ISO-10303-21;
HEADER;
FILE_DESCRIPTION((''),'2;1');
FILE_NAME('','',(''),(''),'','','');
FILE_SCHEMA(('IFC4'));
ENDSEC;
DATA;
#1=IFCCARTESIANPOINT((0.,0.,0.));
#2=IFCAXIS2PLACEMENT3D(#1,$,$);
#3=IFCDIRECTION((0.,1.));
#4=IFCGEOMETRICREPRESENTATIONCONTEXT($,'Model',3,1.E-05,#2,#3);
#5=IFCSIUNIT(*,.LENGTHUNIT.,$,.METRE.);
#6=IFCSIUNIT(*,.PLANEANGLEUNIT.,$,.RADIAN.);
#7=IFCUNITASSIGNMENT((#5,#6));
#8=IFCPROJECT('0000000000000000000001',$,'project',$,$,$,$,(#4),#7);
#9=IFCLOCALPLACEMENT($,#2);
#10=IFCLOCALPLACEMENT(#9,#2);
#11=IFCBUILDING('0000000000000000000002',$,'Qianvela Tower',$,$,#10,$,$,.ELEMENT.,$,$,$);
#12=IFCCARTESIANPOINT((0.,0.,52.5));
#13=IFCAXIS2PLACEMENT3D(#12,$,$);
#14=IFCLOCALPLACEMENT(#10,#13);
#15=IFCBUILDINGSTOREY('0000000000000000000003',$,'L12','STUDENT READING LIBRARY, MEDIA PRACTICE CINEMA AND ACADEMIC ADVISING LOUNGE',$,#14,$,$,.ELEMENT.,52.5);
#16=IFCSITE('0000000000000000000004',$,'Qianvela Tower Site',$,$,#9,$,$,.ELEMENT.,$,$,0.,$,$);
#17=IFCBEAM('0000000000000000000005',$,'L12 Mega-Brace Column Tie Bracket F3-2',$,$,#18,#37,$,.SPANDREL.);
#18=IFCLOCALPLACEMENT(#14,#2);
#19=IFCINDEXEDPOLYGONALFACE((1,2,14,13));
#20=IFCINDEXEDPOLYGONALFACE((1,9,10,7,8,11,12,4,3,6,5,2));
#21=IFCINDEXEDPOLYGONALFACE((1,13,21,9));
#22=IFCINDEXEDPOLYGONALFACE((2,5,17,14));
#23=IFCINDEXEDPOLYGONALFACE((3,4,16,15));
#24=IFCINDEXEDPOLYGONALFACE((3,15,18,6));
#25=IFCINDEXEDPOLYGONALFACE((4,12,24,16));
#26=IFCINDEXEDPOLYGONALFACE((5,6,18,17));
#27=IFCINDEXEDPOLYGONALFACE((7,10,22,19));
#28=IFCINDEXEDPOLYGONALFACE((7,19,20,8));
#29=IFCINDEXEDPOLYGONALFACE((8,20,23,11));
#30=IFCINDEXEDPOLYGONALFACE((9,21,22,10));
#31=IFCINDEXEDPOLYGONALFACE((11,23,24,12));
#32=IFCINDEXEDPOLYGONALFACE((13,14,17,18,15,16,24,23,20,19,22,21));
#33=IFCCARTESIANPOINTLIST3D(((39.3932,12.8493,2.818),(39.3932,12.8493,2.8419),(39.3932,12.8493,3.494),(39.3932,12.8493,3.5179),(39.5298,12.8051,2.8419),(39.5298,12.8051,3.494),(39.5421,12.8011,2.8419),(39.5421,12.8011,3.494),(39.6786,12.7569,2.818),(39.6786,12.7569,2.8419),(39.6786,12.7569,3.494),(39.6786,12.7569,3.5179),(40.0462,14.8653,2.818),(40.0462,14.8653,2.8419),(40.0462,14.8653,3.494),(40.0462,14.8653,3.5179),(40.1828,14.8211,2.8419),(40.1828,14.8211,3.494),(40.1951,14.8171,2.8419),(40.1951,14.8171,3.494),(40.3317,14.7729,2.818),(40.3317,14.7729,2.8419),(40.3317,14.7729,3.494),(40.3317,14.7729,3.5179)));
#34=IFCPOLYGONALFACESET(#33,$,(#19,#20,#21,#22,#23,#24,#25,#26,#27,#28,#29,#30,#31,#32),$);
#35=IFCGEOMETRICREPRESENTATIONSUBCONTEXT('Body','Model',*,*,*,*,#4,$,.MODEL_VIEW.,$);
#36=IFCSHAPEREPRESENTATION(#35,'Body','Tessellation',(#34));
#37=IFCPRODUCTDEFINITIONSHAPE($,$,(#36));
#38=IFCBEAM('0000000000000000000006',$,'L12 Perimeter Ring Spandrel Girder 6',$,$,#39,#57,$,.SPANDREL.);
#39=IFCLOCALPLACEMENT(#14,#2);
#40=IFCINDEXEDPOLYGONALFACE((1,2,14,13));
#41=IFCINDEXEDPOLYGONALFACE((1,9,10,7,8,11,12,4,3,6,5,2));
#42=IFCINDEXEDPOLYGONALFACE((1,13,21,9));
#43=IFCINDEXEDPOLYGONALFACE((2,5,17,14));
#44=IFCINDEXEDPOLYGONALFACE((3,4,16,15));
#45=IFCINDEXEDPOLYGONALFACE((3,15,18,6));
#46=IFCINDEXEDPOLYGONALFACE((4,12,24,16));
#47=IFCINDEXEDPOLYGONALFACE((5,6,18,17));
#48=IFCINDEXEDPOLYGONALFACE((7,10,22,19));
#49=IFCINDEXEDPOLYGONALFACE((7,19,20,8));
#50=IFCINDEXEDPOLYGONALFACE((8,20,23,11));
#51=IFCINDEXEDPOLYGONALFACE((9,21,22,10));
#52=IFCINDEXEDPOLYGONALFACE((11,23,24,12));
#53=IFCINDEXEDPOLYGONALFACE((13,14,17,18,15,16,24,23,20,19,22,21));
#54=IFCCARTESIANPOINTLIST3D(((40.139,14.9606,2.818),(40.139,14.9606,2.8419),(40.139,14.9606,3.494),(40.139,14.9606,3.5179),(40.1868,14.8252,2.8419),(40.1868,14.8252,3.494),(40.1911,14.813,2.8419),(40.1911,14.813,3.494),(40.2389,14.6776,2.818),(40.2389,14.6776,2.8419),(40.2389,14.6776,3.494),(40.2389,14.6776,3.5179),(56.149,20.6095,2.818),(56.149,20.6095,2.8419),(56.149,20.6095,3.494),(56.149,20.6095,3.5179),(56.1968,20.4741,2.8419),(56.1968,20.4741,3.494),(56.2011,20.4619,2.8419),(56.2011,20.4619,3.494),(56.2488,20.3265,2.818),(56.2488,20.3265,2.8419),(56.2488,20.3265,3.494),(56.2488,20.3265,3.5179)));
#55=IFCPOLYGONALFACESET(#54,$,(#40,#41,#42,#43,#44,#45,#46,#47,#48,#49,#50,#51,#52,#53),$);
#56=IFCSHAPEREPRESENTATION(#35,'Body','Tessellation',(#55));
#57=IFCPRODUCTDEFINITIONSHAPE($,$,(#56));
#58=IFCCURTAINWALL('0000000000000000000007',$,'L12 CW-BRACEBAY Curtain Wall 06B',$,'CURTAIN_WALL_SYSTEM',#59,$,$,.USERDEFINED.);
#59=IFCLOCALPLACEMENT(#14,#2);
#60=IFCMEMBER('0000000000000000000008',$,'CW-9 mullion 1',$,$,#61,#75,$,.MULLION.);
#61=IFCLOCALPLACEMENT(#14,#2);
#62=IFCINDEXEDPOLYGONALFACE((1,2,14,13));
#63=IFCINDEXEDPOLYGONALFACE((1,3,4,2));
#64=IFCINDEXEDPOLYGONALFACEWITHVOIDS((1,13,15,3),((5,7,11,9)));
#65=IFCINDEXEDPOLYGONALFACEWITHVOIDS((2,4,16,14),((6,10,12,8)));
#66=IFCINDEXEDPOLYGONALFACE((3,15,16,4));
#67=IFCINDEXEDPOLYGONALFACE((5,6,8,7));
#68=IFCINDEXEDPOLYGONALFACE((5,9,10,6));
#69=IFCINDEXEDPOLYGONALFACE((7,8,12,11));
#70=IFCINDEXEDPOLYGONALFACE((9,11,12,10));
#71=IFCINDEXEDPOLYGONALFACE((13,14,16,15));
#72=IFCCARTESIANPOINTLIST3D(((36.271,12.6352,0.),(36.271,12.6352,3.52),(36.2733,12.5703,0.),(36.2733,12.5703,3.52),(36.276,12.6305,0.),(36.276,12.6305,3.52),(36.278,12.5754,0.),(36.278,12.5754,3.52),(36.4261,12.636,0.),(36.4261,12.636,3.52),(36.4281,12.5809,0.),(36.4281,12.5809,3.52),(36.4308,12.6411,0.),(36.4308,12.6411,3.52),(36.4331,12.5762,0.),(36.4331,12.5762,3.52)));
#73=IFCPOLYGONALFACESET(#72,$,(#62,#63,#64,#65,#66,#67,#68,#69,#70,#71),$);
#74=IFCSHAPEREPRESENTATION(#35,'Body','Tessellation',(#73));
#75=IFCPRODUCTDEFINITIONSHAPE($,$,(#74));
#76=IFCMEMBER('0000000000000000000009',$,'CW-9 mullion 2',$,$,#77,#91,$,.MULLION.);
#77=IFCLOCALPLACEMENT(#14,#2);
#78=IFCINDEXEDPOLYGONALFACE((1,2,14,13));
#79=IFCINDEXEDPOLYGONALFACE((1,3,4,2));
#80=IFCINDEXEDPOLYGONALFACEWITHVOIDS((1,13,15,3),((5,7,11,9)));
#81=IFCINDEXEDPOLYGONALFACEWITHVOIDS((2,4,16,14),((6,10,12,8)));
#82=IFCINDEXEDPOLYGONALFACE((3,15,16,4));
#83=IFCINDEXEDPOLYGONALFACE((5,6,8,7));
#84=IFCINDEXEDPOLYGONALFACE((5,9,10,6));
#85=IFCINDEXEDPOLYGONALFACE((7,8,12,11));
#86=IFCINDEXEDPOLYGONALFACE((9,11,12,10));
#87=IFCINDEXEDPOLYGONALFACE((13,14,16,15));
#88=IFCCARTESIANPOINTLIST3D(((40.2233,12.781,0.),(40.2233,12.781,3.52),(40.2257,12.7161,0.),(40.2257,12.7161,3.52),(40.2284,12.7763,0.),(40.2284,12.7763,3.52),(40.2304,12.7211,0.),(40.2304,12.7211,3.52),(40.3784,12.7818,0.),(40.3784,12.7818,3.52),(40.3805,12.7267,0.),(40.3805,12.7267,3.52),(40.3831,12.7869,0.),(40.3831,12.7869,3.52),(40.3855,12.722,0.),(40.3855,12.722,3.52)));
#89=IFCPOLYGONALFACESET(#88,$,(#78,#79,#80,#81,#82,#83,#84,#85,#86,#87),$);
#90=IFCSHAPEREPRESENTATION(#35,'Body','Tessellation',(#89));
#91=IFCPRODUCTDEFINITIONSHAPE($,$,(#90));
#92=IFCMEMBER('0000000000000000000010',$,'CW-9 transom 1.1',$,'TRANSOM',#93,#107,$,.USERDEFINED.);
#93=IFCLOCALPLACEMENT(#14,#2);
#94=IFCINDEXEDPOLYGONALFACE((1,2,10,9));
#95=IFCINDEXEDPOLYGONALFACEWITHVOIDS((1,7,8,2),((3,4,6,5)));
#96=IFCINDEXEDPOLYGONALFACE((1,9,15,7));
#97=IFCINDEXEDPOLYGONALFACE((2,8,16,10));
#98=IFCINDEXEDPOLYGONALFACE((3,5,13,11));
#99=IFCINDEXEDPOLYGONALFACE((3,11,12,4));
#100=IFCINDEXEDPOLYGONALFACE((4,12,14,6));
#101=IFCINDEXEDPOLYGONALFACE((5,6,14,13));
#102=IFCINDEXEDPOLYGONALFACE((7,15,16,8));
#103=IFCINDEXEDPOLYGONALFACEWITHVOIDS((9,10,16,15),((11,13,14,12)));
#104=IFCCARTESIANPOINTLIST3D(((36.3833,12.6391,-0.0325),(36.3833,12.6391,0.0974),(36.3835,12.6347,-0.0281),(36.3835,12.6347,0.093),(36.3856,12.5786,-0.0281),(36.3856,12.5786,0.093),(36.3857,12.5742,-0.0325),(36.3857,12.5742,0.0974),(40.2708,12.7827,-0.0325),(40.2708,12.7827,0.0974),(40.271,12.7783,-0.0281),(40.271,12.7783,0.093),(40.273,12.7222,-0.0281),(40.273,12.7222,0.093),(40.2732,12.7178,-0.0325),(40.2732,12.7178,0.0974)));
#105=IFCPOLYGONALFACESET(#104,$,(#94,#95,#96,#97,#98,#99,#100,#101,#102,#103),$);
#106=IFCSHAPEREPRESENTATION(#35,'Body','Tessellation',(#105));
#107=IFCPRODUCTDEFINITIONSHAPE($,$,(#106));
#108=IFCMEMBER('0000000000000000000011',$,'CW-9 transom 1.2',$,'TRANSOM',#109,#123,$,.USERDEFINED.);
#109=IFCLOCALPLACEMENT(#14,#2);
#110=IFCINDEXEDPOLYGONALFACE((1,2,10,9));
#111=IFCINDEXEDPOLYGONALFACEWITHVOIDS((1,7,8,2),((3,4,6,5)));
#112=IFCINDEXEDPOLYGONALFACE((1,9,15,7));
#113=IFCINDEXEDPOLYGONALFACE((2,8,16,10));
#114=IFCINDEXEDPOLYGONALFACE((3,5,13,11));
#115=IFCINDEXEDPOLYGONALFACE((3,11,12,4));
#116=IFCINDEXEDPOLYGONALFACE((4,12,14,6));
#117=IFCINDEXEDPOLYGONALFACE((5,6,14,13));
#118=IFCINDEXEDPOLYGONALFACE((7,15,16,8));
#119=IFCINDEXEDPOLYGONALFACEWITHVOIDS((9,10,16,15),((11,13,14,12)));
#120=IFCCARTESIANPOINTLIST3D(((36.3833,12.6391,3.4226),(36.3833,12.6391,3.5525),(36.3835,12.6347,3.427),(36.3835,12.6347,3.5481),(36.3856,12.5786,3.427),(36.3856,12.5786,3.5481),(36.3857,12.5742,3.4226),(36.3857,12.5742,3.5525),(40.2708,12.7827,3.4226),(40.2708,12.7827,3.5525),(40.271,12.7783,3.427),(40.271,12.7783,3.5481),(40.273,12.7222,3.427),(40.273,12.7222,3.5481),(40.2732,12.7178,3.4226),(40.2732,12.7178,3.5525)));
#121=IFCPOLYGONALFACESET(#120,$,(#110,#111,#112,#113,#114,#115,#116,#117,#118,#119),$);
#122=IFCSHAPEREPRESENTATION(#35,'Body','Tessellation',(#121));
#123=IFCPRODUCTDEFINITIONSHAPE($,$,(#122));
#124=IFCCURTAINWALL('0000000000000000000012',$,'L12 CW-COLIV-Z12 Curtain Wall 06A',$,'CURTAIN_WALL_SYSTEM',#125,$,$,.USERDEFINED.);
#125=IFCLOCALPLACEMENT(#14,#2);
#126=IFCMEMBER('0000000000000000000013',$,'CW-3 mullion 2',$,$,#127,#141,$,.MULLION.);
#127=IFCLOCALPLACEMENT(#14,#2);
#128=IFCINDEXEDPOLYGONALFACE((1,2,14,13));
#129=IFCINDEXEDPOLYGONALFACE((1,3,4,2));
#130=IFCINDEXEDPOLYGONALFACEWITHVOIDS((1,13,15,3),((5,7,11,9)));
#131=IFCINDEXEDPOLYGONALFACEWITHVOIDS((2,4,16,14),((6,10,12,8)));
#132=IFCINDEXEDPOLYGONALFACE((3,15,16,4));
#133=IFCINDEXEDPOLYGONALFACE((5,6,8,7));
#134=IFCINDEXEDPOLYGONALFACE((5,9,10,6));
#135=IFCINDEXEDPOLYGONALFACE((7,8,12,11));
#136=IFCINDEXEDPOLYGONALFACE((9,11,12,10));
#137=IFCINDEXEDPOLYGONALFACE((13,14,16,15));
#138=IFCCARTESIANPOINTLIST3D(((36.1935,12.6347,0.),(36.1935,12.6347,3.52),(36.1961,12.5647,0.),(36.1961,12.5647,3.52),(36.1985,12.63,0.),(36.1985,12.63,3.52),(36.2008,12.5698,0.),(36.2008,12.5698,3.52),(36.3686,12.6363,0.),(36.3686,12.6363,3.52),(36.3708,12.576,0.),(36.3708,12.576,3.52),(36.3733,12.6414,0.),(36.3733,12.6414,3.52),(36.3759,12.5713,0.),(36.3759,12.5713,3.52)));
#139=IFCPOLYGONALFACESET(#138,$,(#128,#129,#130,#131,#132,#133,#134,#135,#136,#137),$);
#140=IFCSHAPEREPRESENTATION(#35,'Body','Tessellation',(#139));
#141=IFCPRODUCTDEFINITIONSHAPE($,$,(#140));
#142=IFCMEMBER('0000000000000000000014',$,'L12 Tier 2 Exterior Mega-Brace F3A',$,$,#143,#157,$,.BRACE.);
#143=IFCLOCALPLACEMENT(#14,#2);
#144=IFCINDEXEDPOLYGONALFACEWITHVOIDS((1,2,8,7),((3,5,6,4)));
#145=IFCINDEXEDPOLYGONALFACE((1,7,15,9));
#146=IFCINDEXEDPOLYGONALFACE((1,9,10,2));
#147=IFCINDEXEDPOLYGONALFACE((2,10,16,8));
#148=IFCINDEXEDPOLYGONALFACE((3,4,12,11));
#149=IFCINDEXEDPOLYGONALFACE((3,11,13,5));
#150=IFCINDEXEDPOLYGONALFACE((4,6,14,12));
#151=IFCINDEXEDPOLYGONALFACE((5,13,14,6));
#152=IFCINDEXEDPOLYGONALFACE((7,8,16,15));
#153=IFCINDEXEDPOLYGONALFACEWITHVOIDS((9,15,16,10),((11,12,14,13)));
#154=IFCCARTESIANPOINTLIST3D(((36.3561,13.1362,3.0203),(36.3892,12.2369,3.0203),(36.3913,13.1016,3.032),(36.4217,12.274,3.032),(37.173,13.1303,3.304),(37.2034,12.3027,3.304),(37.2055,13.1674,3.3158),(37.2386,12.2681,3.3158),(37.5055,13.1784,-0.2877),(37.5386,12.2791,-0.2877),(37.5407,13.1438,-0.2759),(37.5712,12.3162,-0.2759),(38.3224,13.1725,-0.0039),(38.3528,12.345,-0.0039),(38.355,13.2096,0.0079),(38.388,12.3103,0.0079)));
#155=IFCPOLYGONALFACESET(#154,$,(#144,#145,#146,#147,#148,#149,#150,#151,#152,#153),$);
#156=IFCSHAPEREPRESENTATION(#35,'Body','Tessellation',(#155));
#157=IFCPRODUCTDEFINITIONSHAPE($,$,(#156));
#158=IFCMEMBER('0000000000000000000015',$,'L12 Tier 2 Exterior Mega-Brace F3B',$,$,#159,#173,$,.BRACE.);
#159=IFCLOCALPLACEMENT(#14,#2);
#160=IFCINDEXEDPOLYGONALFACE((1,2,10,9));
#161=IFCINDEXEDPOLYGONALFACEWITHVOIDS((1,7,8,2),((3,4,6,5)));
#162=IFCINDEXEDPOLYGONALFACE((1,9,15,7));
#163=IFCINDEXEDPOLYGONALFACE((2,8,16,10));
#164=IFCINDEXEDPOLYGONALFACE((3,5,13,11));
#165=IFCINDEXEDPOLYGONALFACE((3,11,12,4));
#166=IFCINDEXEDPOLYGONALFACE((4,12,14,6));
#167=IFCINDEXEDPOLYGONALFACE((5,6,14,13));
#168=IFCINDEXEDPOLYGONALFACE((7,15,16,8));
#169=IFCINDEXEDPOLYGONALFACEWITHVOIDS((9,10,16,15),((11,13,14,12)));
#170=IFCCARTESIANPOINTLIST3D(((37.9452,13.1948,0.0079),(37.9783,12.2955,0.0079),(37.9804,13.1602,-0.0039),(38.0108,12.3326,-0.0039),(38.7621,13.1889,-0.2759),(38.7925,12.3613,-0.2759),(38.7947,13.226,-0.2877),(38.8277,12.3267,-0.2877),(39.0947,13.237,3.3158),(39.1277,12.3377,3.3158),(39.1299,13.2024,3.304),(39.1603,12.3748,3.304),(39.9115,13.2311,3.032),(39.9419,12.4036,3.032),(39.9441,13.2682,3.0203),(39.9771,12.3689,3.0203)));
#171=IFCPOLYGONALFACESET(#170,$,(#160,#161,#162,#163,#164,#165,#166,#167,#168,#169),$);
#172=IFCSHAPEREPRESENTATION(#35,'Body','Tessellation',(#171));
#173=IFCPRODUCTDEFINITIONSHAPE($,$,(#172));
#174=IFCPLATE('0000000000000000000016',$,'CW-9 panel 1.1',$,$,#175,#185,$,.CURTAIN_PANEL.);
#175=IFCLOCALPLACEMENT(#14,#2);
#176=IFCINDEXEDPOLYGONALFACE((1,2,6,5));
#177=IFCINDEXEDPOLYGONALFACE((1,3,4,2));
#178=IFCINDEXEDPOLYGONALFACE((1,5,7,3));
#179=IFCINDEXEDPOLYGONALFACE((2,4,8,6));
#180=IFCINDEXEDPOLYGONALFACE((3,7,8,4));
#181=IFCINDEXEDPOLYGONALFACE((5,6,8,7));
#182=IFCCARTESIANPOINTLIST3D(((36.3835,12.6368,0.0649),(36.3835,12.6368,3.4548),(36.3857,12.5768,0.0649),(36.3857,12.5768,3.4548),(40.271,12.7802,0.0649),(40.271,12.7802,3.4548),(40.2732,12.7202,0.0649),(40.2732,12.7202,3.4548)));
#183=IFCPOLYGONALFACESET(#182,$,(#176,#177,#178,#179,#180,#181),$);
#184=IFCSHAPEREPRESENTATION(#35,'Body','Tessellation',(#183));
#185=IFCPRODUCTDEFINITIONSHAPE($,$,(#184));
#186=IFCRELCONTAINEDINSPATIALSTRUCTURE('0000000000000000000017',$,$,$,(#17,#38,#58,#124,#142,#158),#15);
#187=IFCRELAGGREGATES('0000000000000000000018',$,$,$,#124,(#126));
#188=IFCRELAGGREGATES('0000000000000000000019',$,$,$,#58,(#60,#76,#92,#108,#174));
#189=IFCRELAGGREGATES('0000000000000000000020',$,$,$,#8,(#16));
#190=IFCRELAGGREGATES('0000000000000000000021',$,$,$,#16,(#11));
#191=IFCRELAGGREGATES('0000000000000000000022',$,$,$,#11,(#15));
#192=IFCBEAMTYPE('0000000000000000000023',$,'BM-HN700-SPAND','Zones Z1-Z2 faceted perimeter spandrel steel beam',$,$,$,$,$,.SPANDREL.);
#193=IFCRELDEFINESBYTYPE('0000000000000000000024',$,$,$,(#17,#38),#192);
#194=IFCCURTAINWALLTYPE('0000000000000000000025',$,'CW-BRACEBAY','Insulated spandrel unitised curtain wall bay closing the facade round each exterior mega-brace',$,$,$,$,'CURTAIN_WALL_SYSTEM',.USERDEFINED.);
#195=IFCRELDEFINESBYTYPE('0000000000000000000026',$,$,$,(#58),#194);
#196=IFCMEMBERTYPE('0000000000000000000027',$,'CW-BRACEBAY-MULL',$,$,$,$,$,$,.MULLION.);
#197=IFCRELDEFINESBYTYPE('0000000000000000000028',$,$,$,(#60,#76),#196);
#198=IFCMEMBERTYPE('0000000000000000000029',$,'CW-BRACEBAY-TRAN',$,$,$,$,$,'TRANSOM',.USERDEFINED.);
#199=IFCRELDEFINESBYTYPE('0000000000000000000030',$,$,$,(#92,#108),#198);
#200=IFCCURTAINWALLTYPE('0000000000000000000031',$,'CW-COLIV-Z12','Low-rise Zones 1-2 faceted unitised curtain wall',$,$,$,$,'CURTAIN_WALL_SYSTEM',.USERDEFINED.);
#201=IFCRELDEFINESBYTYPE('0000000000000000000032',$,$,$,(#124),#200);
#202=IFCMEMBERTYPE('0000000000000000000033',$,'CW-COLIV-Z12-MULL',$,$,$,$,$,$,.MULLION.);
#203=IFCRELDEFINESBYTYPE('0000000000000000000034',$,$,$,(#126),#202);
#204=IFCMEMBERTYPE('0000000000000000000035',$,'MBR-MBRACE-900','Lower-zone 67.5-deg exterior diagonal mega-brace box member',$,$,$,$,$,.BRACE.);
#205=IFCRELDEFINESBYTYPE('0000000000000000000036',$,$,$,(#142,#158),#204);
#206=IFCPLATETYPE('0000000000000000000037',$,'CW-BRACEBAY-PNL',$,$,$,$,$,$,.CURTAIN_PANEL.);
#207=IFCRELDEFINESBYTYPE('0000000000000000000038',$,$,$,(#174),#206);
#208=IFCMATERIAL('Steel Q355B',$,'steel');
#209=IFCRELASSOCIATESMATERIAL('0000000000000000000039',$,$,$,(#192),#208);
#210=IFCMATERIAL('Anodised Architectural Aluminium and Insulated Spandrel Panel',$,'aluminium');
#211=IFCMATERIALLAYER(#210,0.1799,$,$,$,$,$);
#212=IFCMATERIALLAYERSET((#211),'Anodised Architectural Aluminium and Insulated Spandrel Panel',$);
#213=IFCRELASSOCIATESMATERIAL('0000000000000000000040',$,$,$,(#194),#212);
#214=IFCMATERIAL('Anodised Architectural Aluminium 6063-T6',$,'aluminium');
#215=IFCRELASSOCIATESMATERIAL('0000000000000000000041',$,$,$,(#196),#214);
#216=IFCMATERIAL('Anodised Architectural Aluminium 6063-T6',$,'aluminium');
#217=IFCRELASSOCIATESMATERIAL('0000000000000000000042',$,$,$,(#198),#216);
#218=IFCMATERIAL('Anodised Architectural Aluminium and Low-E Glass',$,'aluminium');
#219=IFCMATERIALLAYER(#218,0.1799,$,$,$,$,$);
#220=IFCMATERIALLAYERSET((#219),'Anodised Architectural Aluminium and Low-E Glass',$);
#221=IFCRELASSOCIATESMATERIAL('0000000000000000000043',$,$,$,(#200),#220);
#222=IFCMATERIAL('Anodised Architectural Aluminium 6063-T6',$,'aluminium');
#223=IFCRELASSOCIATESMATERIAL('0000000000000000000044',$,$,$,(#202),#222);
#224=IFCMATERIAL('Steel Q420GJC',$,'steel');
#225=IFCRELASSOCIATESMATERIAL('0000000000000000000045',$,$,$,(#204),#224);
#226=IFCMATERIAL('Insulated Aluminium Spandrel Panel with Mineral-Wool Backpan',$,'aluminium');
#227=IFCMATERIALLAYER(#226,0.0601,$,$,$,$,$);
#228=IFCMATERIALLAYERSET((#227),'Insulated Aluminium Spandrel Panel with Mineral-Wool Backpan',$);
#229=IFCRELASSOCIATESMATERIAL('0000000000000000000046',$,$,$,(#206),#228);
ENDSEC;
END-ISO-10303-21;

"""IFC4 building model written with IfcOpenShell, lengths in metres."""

from ifc_helpers import new_model, si_unit, direction, frame, origin, origin_2d, place, context, subcontext, project, spatial, rectangle, hollow_rectangle, i_section, extrude, material, layer, layer_set, material_profile, profile_set, type_object, element, aggregate, save


model = new_model("IFC4")

# Units and contexts
model_context = context("Model", 3, precision=1e-05, world=origin(), true_north=direction((0.0, 1.0)))
body_context = subcontext(model_context, "Body", "Model", "MODEL_VIEW")
ifc_project = project(units=[si_unit("LENGTHUNIT", "METRE"), si_unit("PLANEANGLEUNIT", "RADIAN")], contexts=[model_context])

# Site, building, storey
site_placement = place(None, origin())
site = spatial("IfcSite", under=ifc_project, at=site_placement, Name="Qianvela Tower Site", CompositionType="ELEMENT", RefElevation=0.0)
building_placement = place(site_placement, origin())
building = spatial("IfcBuilding", under=site, at=building_placement, Name="Qianvela Tower", CompositionType="ELEMENT")
storey_placement = place(building_placement, frame((0.0, 0.0, 52.5)))
storey = spatial("IfcBuildingStorey", under=building, at=storey_placement, Name="L12", Description="STUDENT READING LIBRARY, MEDIA PRACTICE CINEMA AND ACADEMIC ADVISING LOUNGE", CompositionType="ELEMENT", Elevation=52.5)

# Beams
ifc_material_1 = material(Name="Steel Q355B", Category="steel")
ifc_material_profile_1 = material_profile(ifc_material_1, i_section(OverallWidth=0.3, OverallDepth=0.7, WebThickness=0.0129, FlangeThickness=0.0239, at=origin_2d()), Name="HN700x300x13x24")
ifc_profile_set_1 = profile_set([ifc_material_profile_1], Name="Steel Q355B")
beam_type_1 = type_object("IfcBeamType", Name="BM-HN700-SPAND", Description="Zones Z1-Z2 faceted perimeter spandrel steel beam", PredefinedType="SPANDREL", material=ifc_profile_set_1)
beam_1_placement = place(storey_placement, frame((40.189, 14.8191, 3.168), z_axis=(-0.308164, -0.951333, 0.0), x_axis=(0.951333, -0.308164, 0.0)))
element("IfcBeam", 1, at=beam_1_placement, inside=storey, type_object=beam_type_1, Name="L12 Mega-Brace Column Tie Bracket F3-2", PredefinedType="SPANDREL", context=body_context, shape_type="SweptSolid", body=[
    extrude(i_section(OverallWidth=0.3, OverallDepth=0.7, WebThickness=0.0129, FlangeThickness=0.0239, at=origin_2d()), origin(), (0.0, 0.0, 1.0), 2.1191),
])
beam_2_placement = place(storey_placement, frame((40.189, 14.8191, 3.168), z_axis=(0.943021, 0.332733, 0.0), x_axis=(-0.332733, 0.943021, 0.0)))
element("IfcBeam", 2, at=beam_2_placement, inside=storey, type_object=beam_type_1, Name="L12 Perimeter Ring Spandrel Girder 6", PredefinedType="SPANDREL", context=body_context, shape_type="SweptSolid", body=[
    extrude(i_section(OverallWidth=0.3, OverallDepth=0.7, WebThickness=0.0129, FlangeThickness=0.0239, at=origin_2d()), origin(), (0.0, 0.0, 1.0), 16.9773),
])

# Curtain wall, members
ifc_material_2 = material(Name="Anodised Architectural Aluminium and Insulated Spandrel Panel", Category="aluminium")
ifc_layer_1 = layer(ifc_material_2, 0.1799)
ifc_layer_set_1 = layer_set([ifc_layer_1], Name="Anodised Architectural Aluminium and Insulated Spandrel Panel")
curtain_wall_type_1 = type_object("IfcCurtainWallType", Name="CW-BRACEBAY", Description="Insulated spandrel unitised curtain wall bay closing the facade round each exterior mega-brace", ElementType="CURTAIN_WALL_SYSTEM", PredefinedType="USERDEFINED", material=ifc_layer_set_1)
curtain_wall_1_placement = place(storey_placement, origin())
curtain_wall_1 = element("IfcCurtainWall", 3, at=curtain_wall_1_placement, inside=storey, type_object=curtain_wall_type_1, Name="L12 CW-BRACEBAY Curtain Wall 06B", ObjectType="CURTAIN_WALL_SYSTEM", PredefinedType="USERDEFINED")
ifc_material_3 = material(Name="Anodised Architectural Aluminium 6063-T6", Category="aluminium")
ifc_material_profile_2 = material_profile(ifc_material_3, hollow_rectangle(XDim=0.0649, YDim=0.1599, WallThickness=0.0049, at=origin_2d()), Name="ALU-MULL-65x160")
ifc_profile_set_2 = profile_set([ifc_material_profile_2], Name="Anodised Architectural Aluminium 6063-T6")
member_type_1 = type_object("IfcMemberType", Name="CW-BRACEBAY-MULL", PredefinedType="MULLION", material=ifc_profile_set_2)
member_1_placement = place(storey_placement, frame((36.3521, 12.6057, 0.0), z_axis=(0.0, 0.0, 1.0), x_axis=(-0.036865, 0.99932, 0.0)))
member_1 = element("IfcMember", 4, at=member_1_placement, type_object=member_type_1, Name="CW-9 mullion 1", PredefinedType="MULLION", context=body_context, shape_type="SweptSolid", body=[
    extrude(hollow_rectangle(XDim=0.0649, YDim=0.1599, WallThickness=0.0049, at=origin_2d()), origin(), (0.0, 0.0, 1.0), 3.52),
])
member_2_placement = place(storey_placement, frame((40.3044, 12.7515, 0.0), z_axis=(0.0, 0.0, 1.0), x_axis=(-0.036865, 0.99932, 0.0)))
member_2 = element("IfcMember", 5, at=member_2_placement, type_object=member_type_1, Name="CW-9 mullion 2", PredefinedType="MULLION", context=body_context, shape_type="SweptSolid", body=[
    extrude(hollow_rectangle(XDim=0.0649, YDim=0.1599, WallThickness=0.0049, at=origin_2d()), origin(), (0.0, 0.0, 1.0), 3.52),
])
ifc_material_4 = material(Name="Anodised Architectural Aluminium 6063-T6", Category="aluminium")
ifc_material_profile_3 = material_profile(ifc_material_4, hollow_rectangle(XDim=0.0649, YDim=0.1299, WallThickness=0.0044, at=origin_2d()), Name="ALU-TRAN-65x130")
ifc_profile_set_3 = profile_set([ifc_material_profile_3], Name="Anodised Architectural Aluminium 6063-T6")
member_type_2 = type_object("IfcMemberType", Name="CW-BRACEBAY-TRAN", ElementType="TRANSOM", PredefinedType="USERDEFINED", material=ifc_profile_set_3)
member_3_placement = place(storey_placement, frame((36.3845, 12.6067, 0.0325), z_axis=(0.999319, 0.036903, 0.0), x_axis=(-0.036903, 0.999319, 0.0)))
member_3 = element("IfcMember", 6, at=member_3_placement, type_object=member_type_2, Name="CW-9 transom 1.1", ObjectType="TRANSOM", PredefinedType="USERDEFINED", context=body_context, shape_type="SweptSolid", body=[
    extrude(hollow_rectangle(XDim=0.0649, YDim=0.1299, WallThickness=0.0044, at=origin_2d()), origin(), (0.0, 0.0, 1.0), 3.8901),
])
member_4_placement = place(storey_placement, frame((36.3845, 12.6067, 3.4875), z_axis=(0.999319, 0.036903, 0.0), x_axis=(-0.036903, 0.999319, 0.0)))
member_4 = element("IfcMember", 7, at=member_4_placement, type_object=member_type_2, Name="CW-9 transom 1.2", ObjectType="TRANSOM", PredefinedType="USERDEFINED", context=body_context, shape_type="SweptSolid", body=[
    extrude(hollow_rectangle(XDim=0.0649, YDim=0.1299, WallThickness=0.0044, at=origin_2d()), origin(), (0.0, 0.0, 1.0), 3.8901),
])

# Curtain wall, member
ifc_material_5 = material(Name="Anodised Architectural Aluminium and Low-E Glass", Category="aluminium")
ifc_layer_2 = layer(ifc_material_5, 0.1799)
ifc_layer_set_2 = layer_set([ifc_layer_2], Name="Anodised Architectural Aluminium and Low-E Glass")
curtain_wall_type_2 = type_object("IfcCurtainWallType", Name="CW-COLIV-Z12", Description="Low-rise Zones 1-2 faceted unitised curtain wall", ElementType="CURTAIN_WALL_SYSTEM", PredefinedType="USERDEFINED", material=ifc_layer_set_2)
curtain_wall_2_placement = place(storey_placement, origin())
curtain_wall_2 = element("IfcCurtainWall", 8, at=curtain_wall_2_placement, inside=storey, type_object=curtain_wall_type_2, Name="L12 CW-COLIV-Z12 Curtain Wall 06A", ObjectType="CURTAIN_WALL_SYSTEM", PredefinedType="USERDEFINED")
ifc_material_6 = material(Name="Anodised Architectural Aluminium 6063-T6", Category="aluminium")
ifc_material_profile_4 = material_profile(ifc_material_6, hollow_rectangle(XDim=0.0701, YDim=0.1799, WallThickness=0.0049, at=origin_2d()), Name="ALU-MULL-70x180")
ifc_profile_set_4 = profile_set([ifc_material_profile_4], Name="Anodised Architectural Aluminium 6063-T6")
member_type_3 = type_object("IfcMemberType", Name="CW-COLIV-Z12-MULL", PredefinedType="MULLION", material=ifc_profile_set_4)
member_5_placement = place(storey_placement, frame((36.2847, 12.603, 0.0), z_axis=(0.0, 0.0, 1.0), x_axis=(-0.036873, 0.99932, 0.0)))
member_5 = element("IfcMember", 9, at=member_5_placement, type_object=member_type_3, Name="CW-3 mullion 2", PredefinedType="MULLION", context=body_context, shape_type="SweptSolid", body=[
    extrude(hollow_rectangle(XDim=0.0701, YDim=0.1799, WallThickness=0.0049, at=origin_2d()), origin(), (0.0, 0.0, 1.0), 3.52),
])
aggregate(curtain_wall_2, [member_5])

# Members
ifc_material_7 = material(Name="Steel Q420GJC", Category="steel")
ifc_material_profile_5 = material_profile(ifc_material_7, hollow_rectangle(XDim=0.8999, YDim=0.8999, WallThickness=0.0359, at=origin_2d()), Name="MBOX-900x900x36")
ifc_profile_set_5 = profile_set([ifc_material_profile_5], Name="Steel Q420GJC")
member_type_4 = type_object("IfcMemberType", Name="MBR-MBRACE-900", Description="Lower-zone 67.5-deg exterior diagonal mega-brace box member", PredefinedType="BRACE", material=ifc_profile_set_5)
for number, where, z_axis, x_axis, name in (
    (10, (37.9468, 12.7444, -0.1399), (-0.328205, -0.01206, 0.94453), (0.036721, -0.999326, 0.0), "L12 Tier 2 Exterior Mega-Brace F3A"),
    (11, (38.3865, 12.7607, -0.1399), (0.328205, 0.01206, 0.94453), (-0.036721, 0.999326, 0.0), "L12 Tier 2 Exterior Mega-Brace F3B"),
):
    element("IfcMember", number, at=place(storey_placement, frame(where, z_axis=z_axis, x_axis=x_axis)), inside=storey, type_object=member_type_4, Name=name, PredefinedType="BRACE", context=body_context, shape_type="SweptSolid", body=[
        extrude(hollow_rectangle(XDim=0.8999, YDim=0.8999, WallThickness=0.0359, at=origin_2d()), origin(), (0.0, 0.0, 1.0), 3.5022),
    ])

# Plate
ifc_material_8 = material(Name="Insulated Aluminium Spandrel Panel with Mineral-Wool Backpan", Category="aluminium")
ifc_layer_3 = layer(ifc_material_8, 0.0601)
ifc_layer_set_3 = layer_set([ifc_layer_3], Name="Insulated Aluminium Spandrel Panel with Mineral-Wool Backpan")
plate_type_1 = type_object("IfcPlateType", Name="CW-BRACEBAY-PNL", PredefinedType="CURTAIN_PANEL", material=ifc_layer_set_3)
plate_1_placement = place(storey_placement, frame((38.3284, 12.6785, 0.0649), z_axis=(0.0, 0.0, 1.0), x_axis=(0.99932, 0.036865, 0.0)))
plate_1 = element("IfcPlate", 12, at=plate_1_placement, type_object=plate_type_1, Name="CW-9 panel 1.1", PredefinedType="CURTAIN_PANEL", context=body_context, shape_type="SweptSolid", body=[
    extrude(rectangle(XDim=3.8901, YDim=0.0601, at=origin_2d()), origin(), (0.0, 0.0, 1.0), 3.3899),
])
aggregate(curtain_wall_1, [member_1, member_2, member_3, member_4, plate_1])

save(model, "model.ifc")
